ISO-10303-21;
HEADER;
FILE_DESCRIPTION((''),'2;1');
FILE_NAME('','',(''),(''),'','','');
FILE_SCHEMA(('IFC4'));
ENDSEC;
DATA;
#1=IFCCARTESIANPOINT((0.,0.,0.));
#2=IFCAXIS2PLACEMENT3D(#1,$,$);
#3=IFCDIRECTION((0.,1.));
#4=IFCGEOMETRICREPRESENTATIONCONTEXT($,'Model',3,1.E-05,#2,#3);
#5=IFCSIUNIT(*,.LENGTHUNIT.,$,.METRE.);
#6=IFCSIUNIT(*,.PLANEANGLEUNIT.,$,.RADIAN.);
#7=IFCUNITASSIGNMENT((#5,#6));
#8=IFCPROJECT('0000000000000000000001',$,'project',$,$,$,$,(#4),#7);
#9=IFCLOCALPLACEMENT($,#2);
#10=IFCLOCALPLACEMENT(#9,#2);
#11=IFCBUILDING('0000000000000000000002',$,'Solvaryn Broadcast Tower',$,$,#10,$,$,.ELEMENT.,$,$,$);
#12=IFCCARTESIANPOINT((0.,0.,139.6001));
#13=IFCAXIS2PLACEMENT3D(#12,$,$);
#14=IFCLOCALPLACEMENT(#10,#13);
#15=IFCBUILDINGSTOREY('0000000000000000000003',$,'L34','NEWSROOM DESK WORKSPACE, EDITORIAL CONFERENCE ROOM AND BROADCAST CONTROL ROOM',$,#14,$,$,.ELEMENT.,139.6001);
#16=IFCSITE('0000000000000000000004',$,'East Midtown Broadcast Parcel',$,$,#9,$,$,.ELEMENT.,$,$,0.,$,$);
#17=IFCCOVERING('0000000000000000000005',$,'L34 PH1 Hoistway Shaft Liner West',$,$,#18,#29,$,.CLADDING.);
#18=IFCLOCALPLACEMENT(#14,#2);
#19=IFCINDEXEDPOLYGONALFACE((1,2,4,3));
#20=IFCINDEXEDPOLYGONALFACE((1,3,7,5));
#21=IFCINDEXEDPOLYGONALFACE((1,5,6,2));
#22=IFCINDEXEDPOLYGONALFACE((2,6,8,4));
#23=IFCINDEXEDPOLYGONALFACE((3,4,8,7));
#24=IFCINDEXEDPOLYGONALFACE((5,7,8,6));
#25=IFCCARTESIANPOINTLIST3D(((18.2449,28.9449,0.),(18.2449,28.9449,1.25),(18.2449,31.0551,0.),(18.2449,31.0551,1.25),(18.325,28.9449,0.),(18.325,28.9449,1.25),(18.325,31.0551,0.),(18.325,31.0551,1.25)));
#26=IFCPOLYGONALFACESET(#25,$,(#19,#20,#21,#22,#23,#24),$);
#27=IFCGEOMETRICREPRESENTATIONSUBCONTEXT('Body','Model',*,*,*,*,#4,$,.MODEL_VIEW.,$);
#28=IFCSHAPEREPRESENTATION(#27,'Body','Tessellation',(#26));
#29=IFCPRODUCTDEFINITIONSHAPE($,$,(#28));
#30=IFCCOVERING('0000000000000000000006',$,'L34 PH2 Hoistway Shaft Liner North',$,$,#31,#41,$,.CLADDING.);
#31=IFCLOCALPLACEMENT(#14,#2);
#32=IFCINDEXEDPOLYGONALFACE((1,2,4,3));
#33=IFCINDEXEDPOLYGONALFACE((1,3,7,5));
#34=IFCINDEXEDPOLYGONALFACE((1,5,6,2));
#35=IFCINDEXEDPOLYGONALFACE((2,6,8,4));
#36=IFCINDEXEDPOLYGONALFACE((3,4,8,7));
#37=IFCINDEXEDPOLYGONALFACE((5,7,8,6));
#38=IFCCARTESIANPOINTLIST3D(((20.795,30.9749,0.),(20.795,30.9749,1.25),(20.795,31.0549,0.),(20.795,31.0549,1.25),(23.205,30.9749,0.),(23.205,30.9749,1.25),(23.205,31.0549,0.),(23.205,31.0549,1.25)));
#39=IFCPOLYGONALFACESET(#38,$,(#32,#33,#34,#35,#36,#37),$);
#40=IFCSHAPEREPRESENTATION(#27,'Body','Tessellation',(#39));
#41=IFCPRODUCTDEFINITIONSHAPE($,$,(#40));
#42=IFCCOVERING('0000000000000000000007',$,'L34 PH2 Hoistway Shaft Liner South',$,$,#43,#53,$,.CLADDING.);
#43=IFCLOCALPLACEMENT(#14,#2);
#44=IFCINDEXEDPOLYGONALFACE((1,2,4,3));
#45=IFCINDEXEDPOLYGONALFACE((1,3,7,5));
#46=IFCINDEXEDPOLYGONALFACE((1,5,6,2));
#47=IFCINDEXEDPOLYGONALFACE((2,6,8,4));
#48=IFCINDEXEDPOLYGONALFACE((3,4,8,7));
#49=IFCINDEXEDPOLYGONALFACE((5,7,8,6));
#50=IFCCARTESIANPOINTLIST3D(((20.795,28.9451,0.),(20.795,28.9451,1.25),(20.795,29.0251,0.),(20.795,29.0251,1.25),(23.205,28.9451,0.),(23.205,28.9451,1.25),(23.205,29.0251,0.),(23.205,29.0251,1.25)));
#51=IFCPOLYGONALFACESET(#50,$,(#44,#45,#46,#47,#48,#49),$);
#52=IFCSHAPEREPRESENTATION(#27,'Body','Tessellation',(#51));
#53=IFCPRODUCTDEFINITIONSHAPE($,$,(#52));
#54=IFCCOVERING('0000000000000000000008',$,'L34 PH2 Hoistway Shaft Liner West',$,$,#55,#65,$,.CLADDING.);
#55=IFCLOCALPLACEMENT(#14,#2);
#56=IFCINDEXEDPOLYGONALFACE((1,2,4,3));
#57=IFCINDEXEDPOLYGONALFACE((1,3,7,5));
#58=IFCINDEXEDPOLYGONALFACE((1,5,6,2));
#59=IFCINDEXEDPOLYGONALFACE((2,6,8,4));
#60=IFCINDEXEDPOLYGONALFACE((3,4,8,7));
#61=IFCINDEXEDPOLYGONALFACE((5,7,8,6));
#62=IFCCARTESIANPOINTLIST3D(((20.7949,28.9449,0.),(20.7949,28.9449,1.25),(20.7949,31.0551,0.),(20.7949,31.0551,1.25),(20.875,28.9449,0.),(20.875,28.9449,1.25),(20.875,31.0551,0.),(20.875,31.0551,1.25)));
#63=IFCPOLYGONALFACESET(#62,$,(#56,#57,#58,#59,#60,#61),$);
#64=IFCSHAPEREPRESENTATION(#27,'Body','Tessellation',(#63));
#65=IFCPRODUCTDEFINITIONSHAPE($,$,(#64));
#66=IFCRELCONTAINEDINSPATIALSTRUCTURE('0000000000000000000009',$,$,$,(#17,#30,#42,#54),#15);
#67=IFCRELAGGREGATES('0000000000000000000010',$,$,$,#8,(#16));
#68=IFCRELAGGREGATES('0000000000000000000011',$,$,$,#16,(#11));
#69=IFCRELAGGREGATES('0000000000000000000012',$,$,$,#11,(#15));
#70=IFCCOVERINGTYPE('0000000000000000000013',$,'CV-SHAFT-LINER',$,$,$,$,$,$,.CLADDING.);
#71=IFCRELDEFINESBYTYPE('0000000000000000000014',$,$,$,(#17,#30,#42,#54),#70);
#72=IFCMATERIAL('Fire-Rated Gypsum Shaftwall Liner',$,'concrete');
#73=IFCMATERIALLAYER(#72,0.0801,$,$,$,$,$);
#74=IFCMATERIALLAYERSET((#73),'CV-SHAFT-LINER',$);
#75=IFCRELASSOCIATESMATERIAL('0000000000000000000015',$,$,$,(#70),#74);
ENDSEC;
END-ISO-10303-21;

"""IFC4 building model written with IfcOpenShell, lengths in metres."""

from ifc_helpers import new_model, si_unit, direction, frame, origin, origin_2d, place, context, subcontext, project, spatial, rectangle, extrude, material, layer, layer_set, type_object, element, save


model = new_model("IFC4")

# Units and contexts
model_context = context("Model", 3, precision=1e-05, world=origin(), true_north=direction((0.0, 1.0)))
body_context = subcontext(model_context, "Body", "Model", "MODEL_VIEW")
ifc_project = project(units=[si_unit("LENGTHUNIT", "METRE"), si_unit("PLANEANGLEUNIT", "RADIAN")], contexts=[model_context])

# Site, building, storey
site_placement = place(None, origin())
site = spatial("IfcSite", under=ifc_project, at=site_placement, Name="East Midtown Broadcast Parcel", CompositionType="ELEMENT", RefElevation=0.0)
building_placement = place(site_placement, origin())
building = spatial("IfcBuilding", under=site, at=building_placement, Name="Solvaryn Broadcast Tower", CompositionType="ELEMENT")
storey_placement = place(building_placement, frame((0.0, 0.0, 139.6001)))
storey = spatial("IfcBuildingStorey", under=building, at=storey_placement, Name="L34", Description="NEWSROOM DESK WORKSPACE, EDITORIAL CONFERENCE ROOM AND BROADCAST CONTROL ROOM", CompositionType="ELEMENT", Elevation=139.6001)

# Coverings
ifc_material_1 = material(Name="Fire-Rated Gypsum Shaftwall Liner", Category="concrete")
ifc_layer_1 = layer(ifc_material_1, 0.0801)
ifc_layer_set_1 = layer_set([ifc_layer_1], Name="CV-SHAFT-LINER")
covering_type = type_object("IfcCoveringType", Name="CV-SHAFT-LINER", PredefinedType="CLADDING", material=ifc_layer_set_1)
for number, where, z_axis, x_axis, name in (
    (1, (18.2849, 30.0, 0.0), (0.0, 0.0, 1.0), (1.0, 0.0, 0.0), "L34 PH1 Hoistway Shaft Liner West"),
):
    element("IfcCovering", number, at=place(storey_placement, frame(where, z_axis=z_axis, x_axis=x_axis)), inside=storey, type_object=covering_type, Name=name, PredefinedType="CLADDING", context=body_context, shape_type="SweptSolid", body=[
        extrude(rectangle(XDim=0.0801, YDim=2.1101, at=origin_2d()), origin(), (0.0, 0.0, 1.0), 1.25),
    ])
for number, where, z_axis, x_axis, name in (
    (2, (22.0, 31.0149, 0.0), (0.0, 0.0, 1.0), (1.0, 0.0, 0.0), "L34 PH2 Hoistway Shaft Liner North"),
    (3, (22.0, 28.9851, 0.0), (0.0, 0.0, 1.0), (1.0, 0.0, 0.0), "L34 PH2 Hoistway Shaft Liner South"),
):
    element("IfcCovering", number, at=place(storey_placement, frame(where, z_axis=z_axis, x_axis=x_axis)), inside=storey, type_object=covering_type, Name=name, PredefinedType="CLADDING", context=body_context, shape_type="SweptSolid", body=[
        extrude(rectangle(XDim=2.4099, YDim=0.0801, at=origin_2d()), origin(), (0.0, 0.0, 1.0), 1.25),
    ])
covering_placement = place(storey_placement, frame((20.835, 30.0, 0.0), z_axis=(0.0, 0.0, 1.0), x_axis=(1.0, 0.0, 0.0)))
element("IfcCovering", 4, at=covering_placement, inside=storey, type_object=covering_type, Name="L34 PH2 Hoistway Shaft Liner West", PredefinedType="CLADDING", context=body_context, shape_type="SweptSolid", body=[
    extrude(rectangle(XDim=0.0801, YDim=2.1101, at=origin_2d()), origin(), (0.0, 0.0, 1.0), 1.25),
])

save(model, "model.ifc")
